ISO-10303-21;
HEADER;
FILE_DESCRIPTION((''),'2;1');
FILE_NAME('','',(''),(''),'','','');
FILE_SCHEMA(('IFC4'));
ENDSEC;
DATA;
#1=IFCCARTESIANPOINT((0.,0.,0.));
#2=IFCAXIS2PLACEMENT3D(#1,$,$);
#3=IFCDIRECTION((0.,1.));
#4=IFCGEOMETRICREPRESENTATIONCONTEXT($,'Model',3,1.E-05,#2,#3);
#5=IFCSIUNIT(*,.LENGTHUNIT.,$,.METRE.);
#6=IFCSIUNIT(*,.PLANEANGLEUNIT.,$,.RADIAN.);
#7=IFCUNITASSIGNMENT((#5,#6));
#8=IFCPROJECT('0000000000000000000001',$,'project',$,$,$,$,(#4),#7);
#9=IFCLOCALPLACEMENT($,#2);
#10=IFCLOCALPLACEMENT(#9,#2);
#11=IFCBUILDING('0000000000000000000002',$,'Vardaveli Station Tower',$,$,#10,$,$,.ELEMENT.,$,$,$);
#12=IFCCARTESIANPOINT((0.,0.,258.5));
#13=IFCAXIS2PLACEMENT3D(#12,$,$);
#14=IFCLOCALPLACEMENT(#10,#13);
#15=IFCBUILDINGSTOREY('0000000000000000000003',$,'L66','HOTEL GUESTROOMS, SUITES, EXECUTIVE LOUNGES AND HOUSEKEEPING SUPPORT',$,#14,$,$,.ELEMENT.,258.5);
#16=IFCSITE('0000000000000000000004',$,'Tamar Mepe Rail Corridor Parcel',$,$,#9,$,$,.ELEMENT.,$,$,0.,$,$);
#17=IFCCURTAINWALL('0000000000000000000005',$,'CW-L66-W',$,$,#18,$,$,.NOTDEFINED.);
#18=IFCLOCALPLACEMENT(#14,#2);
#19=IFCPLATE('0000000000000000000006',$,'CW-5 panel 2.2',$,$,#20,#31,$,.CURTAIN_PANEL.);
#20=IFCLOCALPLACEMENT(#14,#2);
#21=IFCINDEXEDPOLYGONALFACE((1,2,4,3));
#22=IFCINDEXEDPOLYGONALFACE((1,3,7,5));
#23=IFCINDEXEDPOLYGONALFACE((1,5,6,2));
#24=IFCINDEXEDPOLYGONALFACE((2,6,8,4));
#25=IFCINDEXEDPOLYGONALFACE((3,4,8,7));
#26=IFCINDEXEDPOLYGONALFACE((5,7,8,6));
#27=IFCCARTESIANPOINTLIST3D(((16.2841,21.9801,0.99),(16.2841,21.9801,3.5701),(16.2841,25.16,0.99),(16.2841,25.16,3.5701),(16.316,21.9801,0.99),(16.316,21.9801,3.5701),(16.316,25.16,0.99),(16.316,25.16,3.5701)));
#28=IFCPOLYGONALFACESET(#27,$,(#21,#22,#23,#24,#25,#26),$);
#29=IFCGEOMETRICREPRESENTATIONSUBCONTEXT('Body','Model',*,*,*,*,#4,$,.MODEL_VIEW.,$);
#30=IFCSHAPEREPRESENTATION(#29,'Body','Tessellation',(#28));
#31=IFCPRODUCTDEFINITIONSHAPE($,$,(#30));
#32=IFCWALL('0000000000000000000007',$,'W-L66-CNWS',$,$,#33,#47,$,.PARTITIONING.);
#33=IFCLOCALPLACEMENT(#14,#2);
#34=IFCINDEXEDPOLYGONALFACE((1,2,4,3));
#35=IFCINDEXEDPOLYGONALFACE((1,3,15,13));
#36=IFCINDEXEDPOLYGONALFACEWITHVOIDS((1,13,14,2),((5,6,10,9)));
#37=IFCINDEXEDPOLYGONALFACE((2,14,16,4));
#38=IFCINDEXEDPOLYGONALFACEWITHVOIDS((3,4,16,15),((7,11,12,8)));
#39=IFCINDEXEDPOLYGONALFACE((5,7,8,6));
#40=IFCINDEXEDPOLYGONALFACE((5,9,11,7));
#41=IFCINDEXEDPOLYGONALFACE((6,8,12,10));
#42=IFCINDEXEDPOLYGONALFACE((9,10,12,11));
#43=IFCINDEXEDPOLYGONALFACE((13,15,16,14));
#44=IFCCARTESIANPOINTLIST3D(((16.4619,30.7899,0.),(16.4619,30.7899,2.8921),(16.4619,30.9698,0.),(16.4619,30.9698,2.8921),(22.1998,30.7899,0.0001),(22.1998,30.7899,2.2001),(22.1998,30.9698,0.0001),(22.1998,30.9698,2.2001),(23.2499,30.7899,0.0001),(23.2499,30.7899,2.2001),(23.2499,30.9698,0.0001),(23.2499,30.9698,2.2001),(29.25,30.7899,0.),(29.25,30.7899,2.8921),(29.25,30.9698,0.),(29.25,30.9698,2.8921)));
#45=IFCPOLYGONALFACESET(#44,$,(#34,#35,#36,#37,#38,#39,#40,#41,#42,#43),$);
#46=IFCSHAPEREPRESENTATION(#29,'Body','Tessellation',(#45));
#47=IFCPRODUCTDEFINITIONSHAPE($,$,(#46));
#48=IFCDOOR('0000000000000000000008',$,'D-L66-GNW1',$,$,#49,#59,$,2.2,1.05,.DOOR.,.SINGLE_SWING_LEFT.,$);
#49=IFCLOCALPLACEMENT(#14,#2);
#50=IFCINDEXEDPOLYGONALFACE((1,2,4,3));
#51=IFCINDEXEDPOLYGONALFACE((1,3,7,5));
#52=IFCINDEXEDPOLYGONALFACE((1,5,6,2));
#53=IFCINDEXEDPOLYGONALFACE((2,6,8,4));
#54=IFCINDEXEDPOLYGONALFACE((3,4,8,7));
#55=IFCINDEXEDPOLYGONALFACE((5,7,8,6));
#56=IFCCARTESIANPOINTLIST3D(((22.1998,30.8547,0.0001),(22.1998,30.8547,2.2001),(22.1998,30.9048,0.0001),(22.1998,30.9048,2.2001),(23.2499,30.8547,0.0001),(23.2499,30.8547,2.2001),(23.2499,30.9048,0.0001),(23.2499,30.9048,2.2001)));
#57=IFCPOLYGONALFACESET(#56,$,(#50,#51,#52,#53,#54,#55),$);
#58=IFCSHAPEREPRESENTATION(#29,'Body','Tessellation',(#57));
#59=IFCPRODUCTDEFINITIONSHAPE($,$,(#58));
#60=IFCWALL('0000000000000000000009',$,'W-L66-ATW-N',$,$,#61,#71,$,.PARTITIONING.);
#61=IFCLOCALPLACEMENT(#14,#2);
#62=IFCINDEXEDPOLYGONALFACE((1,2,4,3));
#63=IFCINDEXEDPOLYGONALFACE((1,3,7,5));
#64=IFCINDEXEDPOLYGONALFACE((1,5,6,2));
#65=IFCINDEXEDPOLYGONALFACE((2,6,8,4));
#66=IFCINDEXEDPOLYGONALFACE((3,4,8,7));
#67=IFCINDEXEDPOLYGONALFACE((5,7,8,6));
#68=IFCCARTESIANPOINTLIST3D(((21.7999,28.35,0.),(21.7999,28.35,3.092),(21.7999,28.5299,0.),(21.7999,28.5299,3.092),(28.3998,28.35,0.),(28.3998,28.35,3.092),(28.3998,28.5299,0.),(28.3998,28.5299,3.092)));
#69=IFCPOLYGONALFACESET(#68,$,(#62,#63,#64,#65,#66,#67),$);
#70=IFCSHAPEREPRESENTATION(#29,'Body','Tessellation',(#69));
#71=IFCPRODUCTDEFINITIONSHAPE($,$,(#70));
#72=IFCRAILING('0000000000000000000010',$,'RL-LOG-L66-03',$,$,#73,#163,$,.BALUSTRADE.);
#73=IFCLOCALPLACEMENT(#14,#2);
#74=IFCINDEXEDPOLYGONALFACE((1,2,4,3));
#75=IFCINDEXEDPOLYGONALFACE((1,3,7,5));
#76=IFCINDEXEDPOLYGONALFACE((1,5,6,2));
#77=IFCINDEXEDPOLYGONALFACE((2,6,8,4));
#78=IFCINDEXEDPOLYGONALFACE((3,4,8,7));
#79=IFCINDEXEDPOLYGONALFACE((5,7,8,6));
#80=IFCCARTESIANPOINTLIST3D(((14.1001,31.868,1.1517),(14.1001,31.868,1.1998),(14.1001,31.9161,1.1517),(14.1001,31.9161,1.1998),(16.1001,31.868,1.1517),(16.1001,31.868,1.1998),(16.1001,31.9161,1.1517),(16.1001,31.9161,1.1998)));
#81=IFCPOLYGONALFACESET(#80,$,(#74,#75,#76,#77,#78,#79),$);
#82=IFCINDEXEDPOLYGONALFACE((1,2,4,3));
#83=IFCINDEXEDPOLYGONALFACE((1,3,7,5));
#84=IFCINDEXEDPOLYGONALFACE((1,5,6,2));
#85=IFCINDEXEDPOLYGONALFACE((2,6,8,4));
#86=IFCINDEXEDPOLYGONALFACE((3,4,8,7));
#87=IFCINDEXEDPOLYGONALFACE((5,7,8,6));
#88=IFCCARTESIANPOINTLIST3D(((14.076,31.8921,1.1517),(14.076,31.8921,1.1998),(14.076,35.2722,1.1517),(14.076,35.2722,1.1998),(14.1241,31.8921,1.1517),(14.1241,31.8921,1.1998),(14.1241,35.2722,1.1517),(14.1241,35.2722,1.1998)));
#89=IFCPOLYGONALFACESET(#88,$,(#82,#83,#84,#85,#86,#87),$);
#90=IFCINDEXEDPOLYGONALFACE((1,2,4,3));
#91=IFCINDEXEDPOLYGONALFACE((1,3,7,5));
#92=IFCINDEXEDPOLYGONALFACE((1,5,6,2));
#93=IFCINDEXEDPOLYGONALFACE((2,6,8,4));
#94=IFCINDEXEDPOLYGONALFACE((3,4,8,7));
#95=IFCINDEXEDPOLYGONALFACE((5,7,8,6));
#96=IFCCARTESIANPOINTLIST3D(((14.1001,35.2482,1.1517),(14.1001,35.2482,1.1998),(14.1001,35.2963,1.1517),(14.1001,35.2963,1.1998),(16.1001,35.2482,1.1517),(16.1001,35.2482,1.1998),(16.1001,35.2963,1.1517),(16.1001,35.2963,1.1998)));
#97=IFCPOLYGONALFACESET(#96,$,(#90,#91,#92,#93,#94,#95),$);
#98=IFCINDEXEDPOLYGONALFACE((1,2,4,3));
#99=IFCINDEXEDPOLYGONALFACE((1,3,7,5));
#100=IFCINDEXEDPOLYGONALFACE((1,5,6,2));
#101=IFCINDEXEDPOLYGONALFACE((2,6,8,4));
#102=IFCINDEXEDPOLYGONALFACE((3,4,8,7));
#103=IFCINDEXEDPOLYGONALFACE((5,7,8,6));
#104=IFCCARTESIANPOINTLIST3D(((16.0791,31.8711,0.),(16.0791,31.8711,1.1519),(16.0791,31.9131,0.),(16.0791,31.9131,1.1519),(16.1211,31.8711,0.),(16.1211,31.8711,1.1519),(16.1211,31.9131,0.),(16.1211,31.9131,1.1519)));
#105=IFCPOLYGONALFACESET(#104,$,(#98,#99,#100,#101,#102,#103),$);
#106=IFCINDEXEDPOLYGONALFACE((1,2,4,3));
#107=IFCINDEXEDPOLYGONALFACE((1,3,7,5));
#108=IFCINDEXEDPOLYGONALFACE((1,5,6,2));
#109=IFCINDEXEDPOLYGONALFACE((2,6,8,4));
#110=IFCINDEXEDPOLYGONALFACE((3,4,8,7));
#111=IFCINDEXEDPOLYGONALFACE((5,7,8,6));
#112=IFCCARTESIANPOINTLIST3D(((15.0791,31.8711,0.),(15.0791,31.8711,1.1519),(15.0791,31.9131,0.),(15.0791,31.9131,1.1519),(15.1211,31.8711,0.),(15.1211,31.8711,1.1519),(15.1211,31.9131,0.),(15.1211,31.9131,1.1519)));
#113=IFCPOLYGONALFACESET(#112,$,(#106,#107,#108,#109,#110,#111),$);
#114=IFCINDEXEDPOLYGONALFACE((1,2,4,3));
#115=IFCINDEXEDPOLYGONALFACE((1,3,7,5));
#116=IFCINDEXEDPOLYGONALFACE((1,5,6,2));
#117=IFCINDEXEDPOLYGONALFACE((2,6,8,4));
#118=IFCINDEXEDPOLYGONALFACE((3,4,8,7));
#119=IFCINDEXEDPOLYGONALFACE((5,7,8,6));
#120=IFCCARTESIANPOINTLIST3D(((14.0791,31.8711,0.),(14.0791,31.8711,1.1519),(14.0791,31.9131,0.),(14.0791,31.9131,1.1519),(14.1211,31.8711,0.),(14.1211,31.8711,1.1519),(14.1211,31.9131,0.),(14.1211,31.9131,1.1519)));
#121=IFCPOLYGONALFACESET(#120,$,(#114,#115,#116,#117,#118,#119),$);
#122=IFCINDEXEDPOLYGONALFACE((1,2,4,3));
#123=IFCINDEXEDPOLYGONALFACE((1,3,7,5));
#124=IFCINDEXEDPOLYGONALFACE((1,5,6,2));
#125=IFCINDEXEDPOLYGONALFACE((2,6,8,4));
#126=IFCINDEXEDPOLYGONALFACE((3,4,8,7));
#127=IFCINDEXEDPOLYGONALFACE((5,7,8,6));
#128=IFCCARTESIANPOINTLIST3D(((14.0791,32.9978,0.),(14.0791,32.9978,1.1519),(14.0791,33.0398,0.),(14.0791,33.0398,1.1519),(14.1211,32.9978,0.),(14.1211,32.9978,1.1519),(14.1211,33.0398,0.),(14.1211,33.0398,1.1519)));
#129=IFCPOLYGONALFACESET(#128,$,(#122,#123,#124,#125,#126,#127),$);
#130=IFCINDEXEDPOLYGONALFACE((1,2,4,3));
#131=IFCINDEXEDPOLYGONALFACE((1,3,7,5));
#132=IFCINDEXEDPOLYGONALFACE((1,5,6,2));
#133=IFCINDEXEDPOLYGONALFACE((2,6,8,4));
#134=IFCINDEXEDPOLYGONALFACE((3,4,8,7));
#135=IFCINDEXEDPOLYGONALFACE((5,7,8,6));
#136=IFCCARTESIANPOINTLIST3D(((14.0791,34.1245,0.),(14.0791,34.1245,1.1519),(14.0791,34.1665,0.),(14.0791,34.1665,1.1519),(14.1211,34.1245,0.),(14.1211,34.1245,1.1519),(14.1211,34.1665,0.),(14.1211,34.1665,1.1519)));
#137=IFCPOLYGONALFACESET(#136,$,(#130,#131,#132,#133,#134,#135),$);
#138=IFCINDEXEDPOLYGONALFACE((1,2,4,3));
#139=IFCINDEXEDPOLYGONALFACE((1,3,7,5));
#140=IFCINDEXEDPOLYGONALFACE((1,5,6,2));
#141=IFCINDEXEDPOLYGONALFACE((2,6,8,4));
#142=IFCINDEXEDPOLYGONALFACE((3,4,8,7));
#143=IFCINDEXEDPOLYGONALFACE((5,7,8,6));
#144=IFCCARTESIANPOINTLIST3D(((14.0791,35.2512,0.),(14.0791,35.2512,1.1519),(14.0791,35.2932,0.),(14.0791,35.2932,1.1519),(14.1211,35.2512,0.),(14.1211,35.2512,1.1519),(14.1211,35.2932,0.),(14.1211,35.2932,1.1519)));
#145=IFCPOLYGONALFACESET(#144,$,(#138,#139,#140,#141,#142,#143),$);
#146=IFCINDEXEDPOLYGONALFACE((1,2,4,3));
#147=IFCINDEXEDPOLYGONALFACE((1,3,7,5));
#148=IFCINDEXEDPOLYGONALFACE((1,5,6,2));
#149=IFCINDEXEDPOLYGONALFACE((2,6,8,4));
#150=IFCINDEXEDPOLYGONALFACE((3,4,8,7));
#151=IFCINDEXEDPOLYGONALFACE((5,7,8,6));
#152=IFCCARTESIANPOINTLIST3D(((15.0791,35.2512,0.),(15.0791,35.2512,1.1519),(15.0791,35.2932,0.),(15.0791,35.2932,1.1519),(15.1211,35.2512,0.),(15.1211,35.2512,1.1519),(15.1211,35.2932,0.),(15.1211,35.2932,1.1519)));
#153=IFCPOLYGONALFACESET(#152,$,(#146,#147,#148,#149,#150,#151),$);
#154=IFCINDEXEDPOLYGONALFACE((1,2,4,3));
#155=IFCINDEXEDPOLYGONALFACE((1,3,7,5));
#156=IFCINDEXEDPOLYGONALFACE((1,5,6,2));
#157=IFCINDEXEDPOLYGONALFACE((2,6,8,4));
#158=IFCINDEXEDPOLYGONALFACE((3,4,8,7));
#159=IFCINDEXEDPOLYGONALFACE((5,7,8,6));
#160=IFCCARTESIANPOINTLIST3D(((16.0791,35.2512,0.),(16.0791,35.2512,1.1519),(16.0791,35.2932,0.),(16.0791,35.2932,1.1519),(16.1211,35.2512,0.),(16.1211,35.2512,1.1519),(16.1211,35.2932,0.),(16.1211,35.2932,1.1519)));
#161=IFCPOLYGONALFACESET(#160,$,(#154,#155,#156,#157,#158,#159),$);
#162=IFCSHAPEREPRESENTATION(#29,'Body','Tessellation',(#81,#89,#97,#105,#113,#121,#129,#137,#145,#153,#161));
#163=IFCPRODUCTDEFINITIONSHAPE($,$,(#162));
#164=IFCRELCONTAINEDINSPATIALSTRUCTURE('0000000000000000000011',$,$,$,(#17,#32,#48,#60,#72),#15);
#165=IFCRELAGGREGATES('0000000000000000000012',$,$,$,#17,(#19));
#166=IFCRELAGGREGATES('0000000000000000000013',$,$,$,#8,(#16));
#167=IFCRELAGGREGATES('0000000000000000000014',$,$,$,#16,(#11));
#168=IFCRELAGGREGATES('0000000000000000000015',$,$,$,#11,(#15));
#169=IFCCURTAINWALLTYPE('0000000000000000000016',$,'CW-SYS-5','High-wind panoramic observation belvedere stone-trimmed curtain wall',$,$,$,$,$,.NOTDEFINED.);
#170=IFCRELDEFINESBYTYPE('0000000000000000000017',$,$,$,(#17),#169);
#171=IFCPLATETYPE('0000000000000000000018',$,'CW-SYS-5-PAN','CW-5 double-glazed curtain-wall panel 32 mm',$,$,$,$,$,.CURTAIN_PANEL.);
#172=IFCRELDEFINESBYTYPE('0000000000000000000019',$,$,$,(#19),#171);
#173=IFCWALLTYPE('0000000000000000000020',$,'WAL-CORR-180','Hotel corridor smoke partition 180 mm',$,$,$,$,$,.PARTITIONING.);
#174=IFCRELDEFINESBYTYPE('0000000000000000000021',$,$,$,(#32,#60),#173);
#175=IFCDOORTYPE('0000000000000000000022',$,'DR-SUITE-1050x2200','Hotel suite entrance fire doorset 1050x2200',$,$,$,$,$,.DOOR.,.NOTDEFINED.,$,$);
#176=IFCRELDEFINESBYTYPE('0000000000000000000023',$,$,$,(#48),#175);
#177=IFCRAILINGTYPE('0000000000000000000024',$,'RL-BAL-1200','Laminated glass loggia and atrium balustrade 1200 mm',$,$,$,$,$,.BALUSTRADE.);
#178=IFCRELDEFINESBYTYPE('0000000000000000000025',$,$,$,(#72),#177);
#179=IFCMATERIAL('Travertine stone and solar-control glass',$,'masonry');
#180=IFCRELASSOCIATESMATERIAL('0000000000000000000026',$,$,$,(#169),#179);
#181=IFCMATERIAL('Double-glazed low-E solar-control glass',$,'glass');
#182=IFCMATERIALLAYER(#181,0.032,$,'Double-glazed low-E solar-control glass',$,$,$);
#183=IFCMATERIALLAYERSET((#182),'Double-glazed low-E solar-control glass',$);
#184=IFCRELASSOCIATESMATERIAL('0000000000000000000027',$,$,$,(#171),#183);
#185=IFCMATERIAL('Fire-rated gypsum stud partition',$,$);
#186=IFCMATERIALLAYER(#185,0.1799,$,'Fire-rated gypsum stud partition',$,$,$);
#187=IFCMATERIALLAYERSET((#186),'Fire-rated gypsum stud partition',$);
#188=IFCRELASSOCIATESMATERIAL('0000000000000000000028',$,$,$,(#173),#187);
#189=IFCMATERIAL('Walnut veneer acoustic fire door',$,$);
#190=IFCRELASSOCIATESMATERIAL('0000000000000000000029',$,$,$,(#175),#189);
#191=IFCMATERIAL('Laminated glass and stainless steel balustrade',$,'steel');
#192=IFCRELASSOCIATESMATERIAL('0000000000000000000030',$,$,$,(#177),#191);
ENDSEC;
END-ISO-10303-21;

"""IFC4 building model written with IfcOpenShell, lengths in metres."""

from ifc_helpers import new_model, si_unit, direction, frame, frame_2d, origin, origin_2d, place, context, subcontext, project, spatial, rectangle, extrude, source, transform, mapped, material, layer, layer_set, type_object, element, fill, aggregate, save


model = new_model("IFC4")

# Units and contexts
model_context = context("Model", 3, precision=1e-05, world=origin(), true_north=direction((0.0, 1.0)))
body_context = subcontext(model_context, "Body", "Model", "MODEL_VIEW")
ifc_project = project(units=[si_unit("LENGTHUNIT", "METRE"), si_unit("PLANEANGLEUNIT", "RADIAN")], contexts=[model_context])

# Site, building, storey
site_placement = place(None, origin())
site = spatial("IfcSite", under=ifc_project, at=site_placement, Name="Tamar Mepe Rail Corridor Parcel", CompositionType="ELEMENT", RefElevation=0.0)
building_placement = place(site_placement, origin())
building = spatial("IfcBuilding", under=site, at=building_placement, Name="Vardaveli Station Tower", CompositionType="ELEMENT")
storey_placement = place(building_placement, frame((0.0, 0.0, 258.5)))
storey = spatial("IfcBuildingStorey", under=building, at=storey_placement, Name="L66", Description="HOTEL GUESTROOMS, SUITES, EXECUTIVE LOUNGES AND HOUSEKEEPING SUPPORT", CompositionType="ELEMENT", Elevation=258.5)

# Curtain wall, plate
ifc_material_1 = material(Name="Travertine stone and solar-control glass", Category="masonry")
curtain_wall_type = type_object("IfcCurtainWallType", Name="CW-SYS-5", Description="High-wind panoramic observation belvedere stone-trimmed curtain wall", PredefinedType="NOTDEFINED", material=ifc_material_1)
curtain_wall_placement = place(storey_placement, origin())
curtain_wall = element("IfcCurtainWall", 1, at=curtain_wall_placement, inside=storey, type_object=curtain_wall_type, Name="CW-L66-W", PredefinedType="NOTDEFINED")
ifc_material_2 = material(Name="Double-glazed low-E solar-control glass", Category="glass")
ifc_layer_1 = layer(ifc_material_2, 0.032, Name="Double-glazed low-E solar-control glass")
ifc_layer_set_1 = layer_set([ifc_layer_1], Name="Double-glazed low-E solar-control glass")
plate_type = type_object("IfcPlateType", Name="CW-SYS-5-PAN", Description="CW-5 double-glazed curtain-wall panel 32 mm", PredefinedType="CURTAIN_PANEL", material=ifc_layer_set_1)
shared_shape_1 = source(origin(), body_context, "Body", "SweptSolid", [
    extrude(rectangle(XDim=3.1799, YDim=0.032, at=origin_2d()), origin(), (0.0, 0.0, 1.0), 2.5801),
])
plate_1_placement = place(storey_placement, frame((16.3, 23.5701, 0.99), z_axis=(0.0, 0.0, 1.0), x_axis=(0.0, -1.0, 0.0)))
plate_1 = element("IfcPlate", 2, at=plate_1_placement, type_object=plate_type, Name="CW-5 panel 2.2", PredefinedType="CURTAIN_PANEL", context=body_context, shape_type="MappedRepresentation", body=[
    mapped(shared_shape_1, transform((0.0, 0.0, 0.0), scale=1.0)),
])
aggregate(curtain_wall, [plate_1])

# Wall, opening, door
ifc_material_3 = material(Name="Fire-rated gypsum stud partition")
ifc_layer_2 = layer(ifc_material_3, 0.1799, Name="Fire-rated gypsum stud partition")
ifc_layer_set_2 = layer_set([ifc_layer_2], Name="Fire-rated gypsum stud partition")
wall_type = type_object("IfcWallType", Name="WAL-CORR-180", Description="Hotel corridor smoke partition 180 mm", PredefinedType="PARTITIONING", material=ifc_layer_set_2)
shared_shape_2 = source(origin(), body_context, "Body", "SweptSolid", [
    extrude(rectangle(XDim=12.7881, YDim=0.1799, at=frame_2d((6.394, 0.0))), origin(), (0.0, 0.0, 1.0), 2.8921),
])
wall_1_placement = place(storey_placement, frame((16.4619, 30.8799, 0.0), z_axis=(0.0, 0.0, 1.0), x_axis=(1.0, 0.0, 0.0)))
wall_1 = element("IfcWall", 3, at=wall_1_placement, inside=storey, type_object=wall_type, Name="W-L66-CNWS", PredefinedType="PARTITIONING", context=body_context, shape_type="MappedRepresentation", body=[
    mapped(shared_shape_2, transform((0.0, 0.0, 0.0), scale=1.0)),
])
shared_shape_3 = source(origin(), body_context, "Body", "SweptSolid", [
    extrude(rectangle(XDim=1.05, YDim=2.2, at=frame_2d((0.5249, 1.1001))), frame((0.0, 0.1001, 0.0), z_axis=(0.0, -1.0, 0.0), x_axis=(1.0, 0.0, 0.0)), (0.0, 0.0, 1.0), 0.2),
])
opening_placement = place(wall_1_placement, frame((5.738, 0.0, 0.0)))
opening = element("IfcOpeningElement", 4, at=opening_placement, cuts=wall_1, PredefinedType="OPENING", context=body_context, shape_type="MappedRepresentation", body=[
    mapped(shared_shape_3, transform((0.0, 0.0, 0.0), scale=1.0)),
])
ifc_material_4 = material(Name="Walnut veneer acoustic fire door")
door_type = type_object("IfcDoorType", Name="DR-SUITE-1050x2200", Description="Hotel suite entrance fire doorset 1050x2200", OperationType="NOTDEFINED", PredefinedType="DOOR", material=ifc_material_4)
shared_shape_4 = source(origin(), body_context, "Body", "SweptSolid", [
    extrude(rectangle(XDim=1.05, YDim=2.2, at=frame_2d((0.5249, 1.1001))), frame((0.0, 0.0249, 0.0), z_axis=(0.0, -1.0, 0.0), x_axis=(1.0, 0.0, 0.0)), (0.0, 0.0, 1.0), 0.05),
])
door_placement = place(opening_placement, origin())
door = element("IfcDoor", 5, at=door_placement, inside=storey, type_object=door_type, Name="D-L66-GNW1", OperationType="SINGLE_SWING_LEFT", OverallHeight=2.2, OverallWidth=1.05, PredefinedType="DOOR", context=body_context, shape_type="MappedRepresentation", body=[
    mapped(shared_shape_4, transform((0.0, 0.0, 0.0), scale=1.0)),
])
fill(opening, door)

# Wall
shared_shape_5 = source(origin(), body_context, "Body", "SweptSolid", [
    extrude(rectangle(XDim=6.5999, YDim=0.1799, at=frame_2d((3.2998, 0.0))), origin(), (0.0, 0.0, 1.0), 3.092),
])
wall_2_placement = place(storey_placement, frame((21.8, 28.4399, 0.0), z_axis=(0.0, 0.0, 1.0), x_axis=(1.0, 0.0, 0.0)))
element("IfcWall", 6, at=wall_2_placement, inside=storey, type_object=wall_type, Name="W-L66-ATW-N", PredefinedType="PARTITIONING", context=body_context, shape_type="MappedRepresentation", body=[
    mapped(shared_shape_5, transform((0.0, 0.0, 0.0), scale=1.0)),
])

# Railing
ifc_material_5 = material(Name="Laminated glass and stainless steel balustrade", Category="steel")
railing_type = type_object("IfcRailingType", Name="RL-BAL-1200", Description="Laminated glass loggia and atrium balustrade 1200 mm", PredefinedType="BALUSTRADE", material=ifc_material_5)
shared_shape_6 = source(origin(), body_context, "Body", "SweptSolid", [
    extrude(rectangle(XDim=0.0481, YDim=0.0481, at=origin_2d()), frame((0.0, 0.0, 1.1758), z_axis=(-1.0, 0.0, 0.0), x_axis=(0.0, -1.0, 0.0)), (0.0, 0.0, 1.0), 2.0),
    extrude(rectangle(XDim=0.0481, YDim=0.0481, at=origin_2d()), frame((-2.0, 0.0, 1.1758), z_axis=(0.0, 1.0, 0.0), x_axis=(-1.0, 0.0, 0.0)), (0.0, 0.0, 1.0), 3.3801),
    extrude(rectangle(XDim=0.0481, YDim=0.0481, at=origin_2d()), frame((-2.0, 3.3801, 1.1758), z_axis=(1.0, 0.0, 0.0), x_axis=(0.0, 1.0, 0.0)), (0.0, 0.0, 1.0), 2.0),
    extrude(rectangle(XDim=0.042, YDim=0.042, at=origin_2d()), origin(), (0.0, 0.0, 1.0), 1.1519),
    extrude(rectangle(XDim=0.042, YDim=0.042, at=origin_2d()), frame((-1.0, 0.0, 0.0)), (0.0, 0.0, 1.0), 1.1519),
    extrude(rectangle(XDim=0.042, YDim=0.042, at=origin_2d()), frame((-2.0, 0.0, 0.0)), (0.0, 0.0, 1.0), 1.1519),
    extrude(rectangle(XDim=0.042, YDim=0.042, at=origin_2d()), frame((-2.0, 1.1267, 0.0)), (0.0, 0.0, 1.0), 1.1519),
    extrude(rectangle(XDim=0.042, YDim=0.042, at=origin_2d()), frame((-2.0, 2.2534, 0.0)), (0.0, 0.0, 1.0), 1.1519),
    extrude(rectangle(XDim=0.042, YDim=0.042, at=origin_2d()), frame((-2.0, 3.3801, 0.0)), (0.0, 0.0, 1.0), 1.1519),
    extrude(rectangle(XDim=0.042, YDim=0.042, at=origin_2d()), frame((-1.0, 3.3801, 0.0)), (0.0, 0.0, 1.0), 1.1519),
    extrude(rectangle(XDim=0.042, YDim=0.042, at=origin_2d()), frame((0.0, 3.3801, 0.0)), (0.0, 0.0, 1.0), 1.1519),
])
railing_placement = place(storey_placement, frame((16.1001, 31.8921, 0.0)))
element("IfcRailing", 7, at=railing_placement, inside=storey, type_object=railing_type, Name="RL-LOG-L66-03", PredefinedType="BALUSTRADE", context=body_context, shape_type="MappedRepresentation", body=[
    mapped(shared_shape_6, transform((0.0, 0.0, 0.0), scale=1.0)),
])

save(model, "model.ifc")
